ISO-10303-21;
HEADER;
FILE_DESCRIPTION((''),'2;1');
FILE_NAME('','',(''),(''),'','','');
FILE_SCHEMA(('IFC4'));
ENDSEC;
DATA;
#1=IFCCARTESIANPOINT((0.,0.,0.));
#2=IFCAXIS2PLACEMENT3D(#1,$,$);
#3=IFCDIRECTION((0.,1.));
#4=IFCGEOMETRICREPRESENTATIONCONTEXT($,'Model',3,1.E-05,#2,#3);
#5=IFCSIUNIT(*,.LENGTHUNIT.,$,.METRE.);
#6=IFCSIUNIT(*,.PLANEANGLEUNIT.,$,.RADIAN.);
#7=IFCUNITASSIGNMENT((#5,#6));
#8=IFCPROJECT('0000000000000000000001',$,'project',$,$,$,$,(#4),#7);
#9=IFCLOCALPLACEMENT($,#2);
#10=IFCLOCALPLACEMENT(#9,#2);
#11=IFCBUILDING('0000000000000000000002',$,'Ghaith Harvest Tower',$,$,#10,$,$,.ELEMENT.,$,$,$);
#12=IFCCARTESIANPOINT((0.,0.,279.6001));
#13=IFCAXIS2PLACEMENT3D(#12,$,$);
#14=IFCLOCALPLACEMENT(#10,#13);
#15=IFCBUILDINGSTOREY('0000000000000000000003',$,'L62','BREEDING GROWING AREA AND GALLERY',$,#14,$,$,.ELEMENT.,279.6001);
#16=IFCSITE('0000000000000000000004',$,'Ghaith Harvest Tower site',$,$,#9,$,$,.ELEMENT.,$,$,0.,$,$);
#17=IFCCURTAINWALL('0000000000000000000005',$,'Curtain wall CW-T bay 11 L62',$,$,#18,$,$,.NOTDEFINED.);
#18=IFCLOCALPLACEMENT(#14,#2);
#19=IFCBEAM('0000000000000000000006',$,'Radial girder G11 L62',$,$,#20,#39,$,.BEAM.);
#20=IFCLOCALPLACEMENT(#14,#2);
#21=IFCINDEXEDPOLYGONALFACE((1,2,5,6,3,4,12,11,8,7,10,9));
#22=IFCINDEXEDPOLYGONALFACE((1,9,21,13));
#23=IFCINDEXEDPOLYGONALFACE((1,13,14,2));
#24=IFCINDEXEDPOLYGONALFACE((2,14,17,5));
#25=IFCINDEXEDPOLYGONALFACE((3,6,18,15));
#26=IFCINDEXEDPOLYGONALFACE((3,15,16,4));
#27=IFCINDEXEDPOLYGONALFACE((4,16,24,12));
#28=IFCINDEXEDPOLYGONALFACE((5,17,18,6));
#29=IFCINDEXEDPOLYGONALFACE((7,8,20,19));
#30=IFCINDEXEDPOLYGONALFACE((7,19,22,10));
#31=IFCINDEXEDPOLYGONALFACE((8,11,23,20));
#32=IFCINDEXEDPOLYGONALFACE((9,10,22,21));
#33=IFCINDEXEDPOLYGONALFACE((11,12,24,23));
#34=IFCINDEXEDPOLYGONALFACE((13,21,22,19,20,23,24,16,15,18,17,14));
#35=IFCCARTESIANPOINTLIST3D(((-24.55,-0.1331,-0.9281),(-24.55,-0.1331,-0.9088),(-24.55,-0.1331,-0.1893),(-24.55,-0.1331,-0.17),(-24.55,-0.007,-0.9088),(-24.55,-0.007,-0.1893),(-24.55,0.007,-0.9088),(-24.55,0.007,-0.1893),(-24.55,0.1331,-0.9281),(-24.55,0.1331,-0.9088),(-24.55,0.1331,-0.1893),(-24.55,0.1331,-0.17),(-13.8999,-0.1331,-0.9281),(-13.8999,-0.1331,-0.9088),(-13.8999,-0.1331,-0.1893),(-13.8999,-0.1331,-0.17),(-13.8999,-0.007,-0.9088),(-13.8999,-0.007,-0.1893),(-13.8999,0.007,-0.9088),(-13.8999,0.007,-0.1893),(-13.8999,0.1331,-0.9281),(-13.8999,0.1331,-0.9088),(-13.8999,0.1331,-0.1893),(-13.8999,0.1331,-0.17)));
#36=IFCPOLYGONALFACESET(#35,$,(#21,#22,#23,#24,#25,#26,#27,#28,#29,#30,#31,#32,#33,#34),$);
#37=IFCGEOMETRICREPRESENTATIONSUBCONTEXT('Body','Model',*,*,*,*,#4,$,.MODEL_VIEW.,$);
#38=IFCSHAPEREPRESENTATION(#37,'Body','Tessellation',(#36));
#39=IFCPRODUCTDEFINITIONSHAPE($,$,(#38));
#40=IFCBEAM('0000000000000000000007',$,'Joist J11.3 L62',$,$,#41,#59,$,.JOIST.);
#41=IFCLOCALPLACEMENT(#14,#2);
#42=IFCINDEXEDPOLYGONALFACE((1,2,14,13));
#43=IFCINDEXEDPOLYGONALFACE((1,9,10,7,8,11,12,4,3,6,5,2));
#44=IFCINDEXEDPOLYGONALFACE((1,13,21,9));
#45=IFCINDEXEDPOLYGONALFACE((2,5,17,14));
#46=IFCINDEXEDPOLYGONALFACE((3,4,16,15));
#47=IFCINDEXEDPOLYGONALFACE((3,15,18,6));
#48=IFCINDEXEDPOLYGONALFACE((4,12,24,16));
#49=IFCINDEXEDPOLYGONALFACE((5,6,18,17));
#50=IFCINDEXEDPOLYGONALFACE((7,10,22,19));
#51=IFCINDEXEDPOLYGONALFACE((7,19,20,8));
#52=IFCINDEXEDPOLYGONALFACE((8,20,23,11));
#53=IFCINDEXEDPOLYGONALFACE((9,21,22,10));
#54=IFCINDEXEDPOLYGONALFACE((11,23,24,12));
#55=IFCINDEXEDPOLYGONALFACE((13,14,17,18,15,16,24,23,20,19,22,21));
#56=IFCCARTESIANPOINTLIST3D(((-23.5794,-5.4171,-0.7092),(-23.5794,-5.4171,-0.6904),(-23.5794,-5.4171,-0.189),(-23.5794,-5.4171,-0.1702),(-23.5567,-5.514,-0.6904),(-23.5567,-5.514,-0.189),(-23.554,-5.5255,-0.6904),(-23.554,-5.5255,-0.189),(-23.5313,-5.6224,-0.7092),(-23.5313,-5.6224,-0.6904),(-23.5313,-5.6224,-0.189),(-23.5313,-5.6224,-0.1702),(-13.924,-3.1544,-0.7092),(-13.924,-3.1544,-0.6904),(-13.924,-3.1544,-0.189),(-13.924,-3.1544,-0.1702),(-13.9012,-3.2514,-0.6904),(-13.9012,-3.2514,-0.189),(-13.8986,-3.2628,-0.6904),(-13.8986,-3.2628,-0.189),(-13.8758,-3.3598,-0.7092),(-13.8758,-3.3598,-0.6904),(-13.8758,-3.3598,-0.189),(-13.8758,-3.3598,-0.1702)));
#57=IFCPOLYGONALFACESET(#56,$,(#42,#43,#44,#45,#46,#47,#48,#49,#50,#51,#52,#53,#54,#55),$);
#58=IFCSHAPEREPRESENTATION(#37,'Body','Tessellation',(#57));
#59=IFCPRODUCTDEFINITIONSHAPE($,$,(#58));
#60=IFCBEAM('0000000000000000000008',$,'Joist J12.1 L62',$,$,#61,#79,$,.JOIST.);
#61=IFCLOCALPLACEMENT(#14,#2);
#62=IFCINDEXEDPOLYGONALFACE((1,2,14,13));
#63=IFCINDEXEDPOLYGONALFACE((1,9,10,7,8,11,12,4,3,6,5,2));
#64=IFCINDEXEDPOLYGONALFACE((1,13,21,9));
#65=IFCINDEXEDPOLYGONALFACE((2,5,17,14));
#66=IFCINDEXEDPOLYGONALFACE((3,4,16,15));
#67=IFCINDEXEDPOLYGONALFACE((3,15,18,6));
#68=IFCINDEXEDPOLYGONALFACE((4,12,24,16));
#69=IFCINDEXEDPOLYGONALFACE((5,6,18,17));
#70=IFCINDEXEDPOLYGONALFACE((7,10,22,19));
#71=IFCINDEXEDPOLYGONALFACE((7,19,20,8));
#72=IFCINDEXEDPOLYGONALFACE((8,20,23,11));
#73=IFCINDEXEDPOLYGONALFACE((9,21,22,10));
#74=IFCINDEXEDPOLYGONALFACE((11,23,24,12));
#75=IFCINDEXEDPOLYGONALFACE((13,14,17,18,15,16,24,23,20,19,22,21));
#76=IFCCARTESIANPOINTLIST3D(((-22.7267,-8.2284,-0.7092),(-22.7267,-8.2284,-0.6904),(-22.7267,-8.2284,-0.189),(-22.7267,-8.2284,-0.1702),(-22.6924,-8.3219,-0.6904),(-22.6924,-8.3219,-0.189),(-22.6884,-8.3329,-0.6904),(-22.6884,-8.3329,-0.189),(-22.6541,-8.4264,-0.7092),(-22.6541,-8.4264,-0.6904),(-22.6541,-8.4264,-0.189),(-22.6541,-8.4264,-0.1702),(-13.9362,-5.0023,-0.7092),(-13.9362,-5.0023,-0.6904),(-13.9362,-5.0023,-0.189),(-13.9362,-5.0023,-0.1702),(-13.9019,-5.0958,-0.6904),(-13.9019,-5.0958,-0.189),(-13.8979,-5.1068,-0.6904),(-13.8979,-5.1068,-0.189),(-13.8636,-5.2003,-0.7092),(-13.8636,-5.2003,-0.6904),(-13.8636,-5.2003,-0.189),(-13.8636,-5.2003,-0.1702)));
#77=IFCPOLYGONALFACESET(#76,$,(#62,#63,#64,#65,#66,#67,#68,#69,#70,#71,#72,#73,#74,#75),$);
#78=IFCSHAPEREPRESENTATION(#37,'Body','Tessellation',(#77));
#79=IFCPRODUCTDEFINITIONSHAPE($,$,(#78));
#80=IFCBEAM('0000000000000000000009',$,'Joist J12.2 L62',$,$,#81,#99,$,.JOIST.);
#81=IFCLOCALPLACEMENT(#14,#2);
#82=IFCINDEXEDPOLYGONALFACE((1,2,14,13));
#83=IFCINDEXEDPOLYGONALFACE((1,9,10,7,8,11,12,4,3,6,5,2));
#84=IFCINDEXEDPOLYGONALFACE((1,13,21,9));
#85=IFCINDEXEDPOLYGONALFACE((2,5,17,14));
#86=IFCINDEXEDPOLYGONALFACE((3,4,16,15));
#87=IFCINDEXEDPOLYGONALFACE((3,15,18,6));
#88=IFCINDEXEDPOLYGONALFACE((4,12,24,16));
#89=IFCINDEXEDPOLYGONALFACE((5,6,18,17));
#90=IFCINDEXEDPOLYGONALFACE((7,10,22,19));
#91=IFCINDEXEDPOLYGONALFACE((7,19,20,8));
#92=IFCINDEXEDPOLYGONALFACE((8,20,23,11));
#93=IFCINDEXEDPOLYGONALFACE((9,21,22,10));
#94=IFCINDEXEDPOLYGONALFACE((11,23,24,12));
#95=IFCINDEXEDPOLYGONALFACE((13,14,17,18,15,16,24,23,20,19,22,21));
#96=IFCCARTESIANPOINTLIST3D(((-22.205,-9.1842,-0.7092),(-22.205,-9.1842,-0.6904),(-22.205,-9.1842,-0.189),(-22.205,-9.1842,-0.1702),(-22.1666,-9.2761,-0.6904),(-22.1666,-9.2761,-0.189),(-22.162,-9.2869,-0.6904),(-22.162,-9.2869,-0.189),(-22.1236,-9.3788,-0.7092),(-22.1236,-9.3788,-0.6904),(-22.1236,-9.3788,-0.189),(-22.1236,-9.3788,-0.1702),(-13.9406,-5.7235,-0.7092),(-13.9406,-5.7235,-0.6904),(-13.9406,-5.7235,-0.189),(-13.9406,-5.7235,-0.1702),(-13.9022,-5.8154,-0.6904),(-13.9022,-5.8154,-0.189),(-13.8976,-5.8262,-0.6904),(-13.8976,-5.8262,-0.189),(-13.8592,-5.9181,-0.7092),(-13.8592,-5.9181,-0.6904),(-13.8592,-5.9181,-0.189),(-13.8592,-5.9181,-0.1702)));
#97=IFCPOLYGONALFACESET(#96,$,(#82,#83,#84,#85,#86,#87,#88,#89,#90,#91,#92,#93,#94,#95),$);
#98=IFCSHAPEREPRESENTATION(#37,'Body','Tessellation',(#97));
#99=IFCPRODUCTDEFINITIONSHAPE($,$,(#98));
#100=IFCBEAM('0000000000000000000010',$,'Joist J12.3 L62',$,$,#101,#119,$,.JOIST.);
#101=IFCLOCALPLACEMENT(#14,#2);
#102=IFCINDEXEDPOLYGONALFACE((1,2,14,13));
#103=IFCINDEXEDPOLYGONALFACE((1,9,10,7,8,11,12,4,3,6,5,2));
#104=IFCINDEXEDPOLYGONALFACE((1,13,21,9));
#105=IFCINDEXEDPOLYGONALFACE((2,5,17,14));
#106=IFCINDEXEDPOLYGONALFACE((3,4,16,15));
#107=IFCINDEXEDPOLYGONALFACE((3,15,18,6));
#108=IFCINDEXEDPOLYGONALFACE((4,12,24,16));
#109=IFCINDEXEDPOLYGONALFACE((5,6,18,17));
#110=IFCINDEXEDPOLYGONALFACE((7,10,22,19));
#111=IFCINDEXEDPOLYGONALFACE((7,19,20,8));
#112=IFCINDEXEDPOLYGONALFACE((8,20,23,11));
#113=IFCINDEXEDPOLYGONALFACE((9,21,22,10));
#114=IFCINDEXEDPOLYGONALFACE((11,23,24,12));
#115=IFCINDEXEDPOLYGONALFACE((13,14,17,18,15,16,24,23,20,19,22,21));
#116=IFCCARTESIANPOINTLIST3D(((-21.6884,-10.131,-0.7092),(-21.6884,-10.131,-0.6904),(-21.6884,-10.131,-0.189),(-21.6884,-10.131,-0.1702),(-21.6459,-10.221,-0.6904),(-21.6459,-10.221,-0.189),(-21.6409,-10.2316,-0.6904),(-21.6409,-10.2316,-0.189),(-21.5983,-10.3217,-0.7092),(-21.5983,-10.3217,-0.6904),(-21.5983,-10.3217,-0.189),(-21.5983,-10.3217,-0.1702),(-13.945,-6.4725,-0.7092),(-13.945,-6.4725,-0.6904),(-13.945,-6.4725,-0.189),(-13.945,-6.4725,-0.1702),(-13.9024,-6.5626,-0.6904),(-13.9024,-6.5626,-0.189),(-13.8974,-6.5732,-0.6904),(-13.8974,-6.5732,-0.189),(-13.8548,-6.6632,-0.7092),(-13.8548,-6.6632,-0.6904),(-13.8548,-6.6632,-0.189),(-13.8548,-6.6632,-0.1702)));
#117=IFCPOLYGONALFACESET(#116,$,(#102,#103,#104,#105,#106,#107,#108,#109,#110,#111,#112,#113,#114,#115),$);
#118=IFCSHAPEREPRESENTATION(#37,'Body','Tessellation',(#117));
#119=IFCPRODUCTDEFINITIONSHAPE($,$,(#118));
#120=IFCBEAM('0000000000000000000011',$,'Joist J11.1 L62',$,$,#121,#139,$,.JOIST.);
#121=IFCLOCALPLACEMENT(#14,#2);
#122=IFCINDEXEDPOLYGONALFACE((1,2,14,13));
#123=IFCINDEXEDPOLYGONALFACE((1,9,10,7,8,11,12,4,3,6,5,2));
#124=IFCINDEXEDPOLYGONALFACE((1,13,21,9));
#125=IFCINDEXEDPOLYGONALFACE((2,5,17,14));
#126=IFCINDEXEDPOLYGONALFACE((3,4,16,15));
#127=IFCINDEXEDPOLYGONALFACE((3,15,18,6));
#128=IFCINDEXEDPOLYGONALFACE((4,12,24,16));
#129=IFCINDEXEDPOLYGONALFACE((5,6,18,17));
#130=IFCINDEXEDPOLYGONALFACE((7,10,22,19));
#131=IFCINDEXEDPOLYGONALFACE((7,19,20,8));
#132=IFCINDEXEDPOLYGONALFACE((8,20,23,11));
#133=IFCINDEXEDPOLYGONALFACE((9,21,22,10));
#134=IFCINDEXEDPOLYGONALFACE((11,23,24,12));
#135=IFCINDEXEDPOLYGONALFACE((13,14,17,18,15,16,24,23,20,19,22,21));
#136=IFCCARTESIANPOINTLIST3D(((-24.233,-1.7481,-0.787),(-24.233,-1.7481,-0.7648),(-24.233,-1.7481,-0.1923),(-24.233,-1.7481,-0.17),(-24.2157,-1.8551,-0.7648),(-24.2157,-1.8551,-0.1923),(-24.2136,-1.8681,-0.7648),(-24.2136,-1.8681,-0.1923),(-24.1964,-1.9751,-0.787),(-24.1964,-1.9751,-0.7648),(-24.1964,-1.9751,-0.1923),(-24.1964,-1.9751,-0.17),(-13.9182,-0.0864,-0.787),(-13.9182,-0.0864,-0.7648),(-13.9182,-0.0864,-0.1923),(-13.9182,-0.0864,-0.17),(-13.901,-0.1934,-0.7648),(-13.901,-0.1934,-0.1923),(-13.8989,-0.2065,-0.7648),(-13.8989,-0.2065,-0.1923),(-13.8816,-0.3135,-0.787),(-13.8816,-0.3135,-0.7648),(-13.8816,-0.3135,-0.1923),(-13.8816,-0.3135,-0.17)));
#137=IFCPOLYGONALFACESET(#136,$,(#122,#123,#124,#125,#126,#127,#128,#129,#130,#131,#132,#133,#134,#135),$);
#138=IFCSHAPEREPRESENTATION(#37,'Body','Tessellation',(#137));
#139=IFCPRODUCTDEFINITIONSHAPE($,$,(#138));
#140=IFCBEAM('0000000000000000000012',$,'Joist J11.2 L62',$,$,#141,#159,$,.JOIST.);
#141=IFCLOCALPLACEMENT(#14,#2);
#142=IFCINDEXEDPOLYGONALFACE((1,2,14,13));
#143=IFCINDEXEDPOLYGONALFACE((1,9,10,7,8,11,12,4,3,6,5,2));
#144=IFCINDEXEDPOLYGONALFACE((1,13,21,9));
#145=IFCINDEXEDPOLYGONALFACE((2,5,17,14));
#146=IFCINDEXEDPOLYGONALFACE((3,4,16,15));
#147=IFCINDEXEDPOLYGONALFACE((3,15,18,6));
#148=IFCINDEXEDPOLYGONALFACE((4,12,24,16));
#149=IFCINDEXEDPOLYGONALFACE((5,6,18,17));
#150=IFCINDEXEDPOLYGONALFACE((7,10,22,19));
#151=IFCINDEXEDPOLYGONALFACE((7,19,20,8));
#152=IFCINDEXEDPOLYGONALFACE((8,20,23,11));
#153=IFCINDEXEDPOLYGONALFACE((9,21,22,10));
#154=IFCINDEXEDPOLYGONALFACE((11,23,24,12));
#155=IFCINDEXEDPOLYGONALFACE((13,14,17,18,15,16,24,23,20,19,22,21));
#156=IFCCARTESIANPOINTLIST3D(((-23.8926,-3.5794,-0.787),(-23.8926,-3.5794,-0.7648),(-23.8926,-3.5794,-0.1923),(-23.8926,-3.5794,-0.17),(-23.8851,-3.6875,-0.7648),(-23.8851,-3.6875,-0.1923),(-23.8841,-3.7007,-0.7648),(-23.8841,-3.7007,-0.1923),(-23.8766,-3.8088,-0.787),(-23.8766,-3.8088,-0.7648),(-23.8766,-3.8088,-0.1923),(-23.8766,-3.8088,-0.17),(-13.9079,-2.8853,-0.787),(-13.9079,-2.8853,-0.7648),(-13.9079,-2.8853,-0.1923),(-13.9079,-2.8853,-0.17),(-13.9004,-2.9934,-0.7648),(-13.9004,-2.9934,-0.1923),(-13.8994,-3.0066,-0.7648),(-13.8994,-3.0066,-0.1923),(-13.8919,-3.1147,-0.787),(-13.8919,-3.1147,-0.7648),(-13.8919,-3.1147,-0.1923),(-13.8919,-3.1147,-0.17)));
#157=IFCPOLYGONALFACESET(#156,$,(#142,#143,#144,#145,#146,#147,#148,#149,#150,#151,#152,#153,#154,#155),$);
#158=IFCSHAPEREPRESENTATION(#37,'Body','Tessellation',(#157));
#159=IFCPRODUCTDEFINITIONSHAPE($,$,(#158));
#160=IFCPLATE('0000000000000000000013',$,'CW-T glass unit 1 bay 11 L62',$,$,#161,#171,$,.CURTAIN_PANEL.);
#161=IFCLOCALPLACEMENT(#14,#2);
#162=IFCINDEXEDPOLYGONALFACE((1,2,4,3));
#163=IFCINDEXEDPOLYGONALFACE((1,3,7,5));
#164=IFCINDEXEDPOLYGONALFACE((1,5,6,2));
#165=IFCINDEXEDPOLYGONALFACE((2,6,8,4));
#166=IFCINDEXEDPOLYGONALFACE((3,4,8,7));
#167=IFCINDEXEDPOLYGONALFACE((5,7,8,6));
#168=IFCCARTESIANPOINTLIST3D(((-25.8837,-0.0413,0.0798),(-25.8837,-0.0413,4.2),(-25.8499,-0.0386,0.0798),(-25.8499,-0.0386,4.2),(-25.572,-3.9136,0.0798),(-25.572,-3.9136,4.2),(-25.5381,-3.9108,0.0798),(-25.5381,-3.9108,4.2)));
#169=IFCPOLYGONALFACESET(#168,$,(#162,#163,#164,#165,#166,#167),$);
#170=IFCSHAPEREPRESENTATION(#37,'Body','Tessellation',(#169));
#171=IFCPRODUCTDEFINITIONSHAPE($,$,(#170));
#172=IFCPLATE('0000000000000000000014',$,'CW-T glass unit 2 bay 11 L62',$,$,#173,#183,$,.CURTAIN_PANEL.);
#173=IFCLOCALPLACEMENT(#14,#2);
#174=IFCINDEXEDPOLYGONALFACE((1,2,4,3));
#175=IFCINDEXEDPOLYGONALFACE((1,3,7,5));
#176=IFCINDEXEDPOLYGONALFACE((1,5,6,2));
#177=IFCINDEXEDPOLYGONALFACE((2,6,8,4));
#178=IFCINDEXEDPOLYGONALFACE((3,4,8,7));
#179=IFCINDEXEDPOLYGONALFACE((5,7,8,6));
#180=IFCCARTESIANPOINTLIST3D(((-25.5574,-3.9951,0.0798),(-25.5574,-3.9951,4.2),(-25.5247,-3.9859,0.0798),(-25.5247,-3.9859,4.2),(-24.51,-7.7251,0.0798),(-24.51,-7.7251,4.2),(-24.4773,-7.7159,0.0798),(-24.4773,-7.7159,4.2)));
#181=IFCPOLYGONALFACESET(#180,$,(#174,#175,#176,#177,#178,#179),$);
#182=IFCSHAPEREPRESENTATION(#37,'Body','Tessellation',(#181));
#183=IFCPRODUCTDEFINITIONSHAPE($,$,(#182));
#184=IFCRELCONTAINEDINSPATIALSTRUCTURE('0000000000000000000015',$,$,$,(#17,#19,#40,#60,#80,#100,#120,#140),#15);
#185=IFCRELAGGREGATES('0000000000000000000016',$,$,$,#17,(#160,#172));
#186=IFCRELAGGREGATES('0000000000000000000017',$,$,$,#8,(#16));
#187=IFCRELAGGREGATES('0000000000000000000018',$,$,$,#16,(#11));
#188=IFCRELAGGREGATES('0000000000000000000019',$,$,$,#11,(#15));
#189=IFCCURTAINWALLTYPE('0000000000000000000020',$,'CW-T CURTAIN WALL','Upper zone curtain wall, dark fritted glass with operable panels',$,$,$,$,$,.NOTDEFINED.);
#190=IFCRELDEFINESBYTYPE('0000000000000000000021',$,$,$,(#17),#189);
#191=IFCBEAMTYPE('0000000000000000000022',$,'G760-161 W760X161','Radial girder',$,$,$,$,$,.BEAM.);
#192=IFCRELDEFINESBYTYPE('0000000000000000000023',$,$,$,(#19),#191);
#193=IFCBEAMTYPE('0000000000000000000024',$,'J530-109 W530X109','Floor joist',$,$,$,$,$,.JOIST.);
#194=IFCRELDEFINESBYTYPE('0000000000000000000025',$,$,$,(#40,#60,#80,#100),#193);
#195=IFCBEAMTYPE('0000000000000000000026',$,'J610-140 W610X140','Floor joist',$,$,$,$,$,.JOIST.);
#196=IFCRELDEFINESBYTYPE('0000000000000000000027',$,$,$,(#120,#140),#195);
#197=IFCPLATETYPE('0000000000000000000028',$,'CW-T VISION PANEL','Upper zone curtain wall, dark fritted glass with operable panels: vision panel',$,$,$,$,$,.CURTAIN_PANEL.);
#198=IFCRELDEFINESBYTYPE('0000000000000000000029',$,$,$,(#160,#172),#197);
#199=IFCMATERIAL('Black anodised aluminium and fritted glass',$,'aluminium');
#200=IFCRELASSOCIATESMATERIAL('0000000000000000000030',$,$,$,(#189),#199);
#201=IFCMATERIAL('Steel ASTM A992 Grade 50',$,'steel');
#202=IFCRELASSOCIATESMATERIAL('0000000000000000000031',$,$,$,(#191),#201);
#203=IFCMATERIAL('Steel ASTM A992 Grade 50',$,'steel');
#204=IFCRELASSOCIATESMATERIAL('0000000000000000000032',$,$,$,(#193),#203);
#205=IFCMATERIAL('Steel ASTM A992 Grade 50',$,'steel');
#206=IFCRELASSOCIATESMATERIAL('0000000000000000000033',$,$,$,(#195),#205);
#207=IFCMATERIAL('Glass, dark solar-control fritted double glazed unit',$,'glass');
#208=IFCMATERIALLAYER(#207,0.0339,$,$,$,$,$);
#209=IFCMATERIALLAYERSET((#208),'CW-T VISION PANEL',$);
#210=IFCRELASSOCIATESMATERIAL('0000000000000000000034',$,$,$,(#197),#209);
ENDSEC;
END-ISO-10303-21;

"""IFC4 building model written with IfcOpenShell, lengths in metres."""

from ifc_helpers import new_model, si_unit, direction, frame, origin, origin_2d, place, context, subcontext, project, spatial, rectangle, i_section, extrude, material, layer, layer_set, material_profile, profile_set, type_object, element, aggregate, save


model = new_model("IFC4")

# Units and contexts
model_context = context("Model", 3, precision=1e-05, world=origin(), true_north=direction((0.0, 1.0)))
body_context = subcontext(model_context, "Body", "Model", "MODEL_VIEW")
ifc_project = project(units=[si_unit("LENGTHUNIT", "METRE"), si_unit("PLANEANGLEUNIT", "RADIAN")], contexts=[model_context])

# Site, building, storey
site_placement = place(None, origin())
site = spatial("IfcSite", under=ifc_project, at=site_placement, Name="Ghaith Harvest Tower site", CompositionType="ELEMENT", RefElevation=0.0)
building_placement = place(site_placement, origin())
building = spatial("IfcBuilding", under=site, at=building_placement, Name="Ghaith Harvest Tower", CompositionType="ELEMENT")
storey_placement = place(building_placement, frame((0.0, 0.0, 279.6001)))
storey = spatial("IfcBuildingStorey", under=building, at=storey_placement, Name="L62", Description="BREEDING GROWING AREA AND GALLERY", CompositionType="ELEMENT", Elevation=279.6001)

# Curtain wall
ifc_material_1 = material(Name="Black anodised aluminium and fritted glass", Category="aluminium")
curtain_wall_type = type_object("IfcCurtainWallType", Name="CW-T CURTAIN WALL", Description="Upper zone curtain wall, dark fritted glass with operable panels", PredefinedType="NOTDEFINED", material=ifc_material_1)
curtain_wall_1_placement = place(storey_placement, origin())
curtain_wall_1 = element("IfcCurtainWall", 1, at=curtain_wall_1_placement, inside=storey, type_object=curtain_wall_type, Name="Curtain wall CW-T bay 11 L62", PredefinedType="NOTDEFINED")

# Beams
ifc_material_2 = material(Name="Steel ASTM A992 Grade 50", Category="steel")
ifc_material_profile_1 = material_profile(ifc_material_2, i_section(OverallWidth=0.2661, OverallDepth=0.7581, WebThickness=0.0139, FlangeThickness=0.0193, at=origin_2d()), Name="W760X161")
ifc_profile_set_1 = profile_set([ifc_material_profile_1], Name="Steel ASTM A992 Grade 50")
beam_type_1 = type_object("IfcBeamType", Name="G760-161 W760X161", Description="Radial girder", PredefinedType="BEAM", material=ifc_profile_set_1)
beam_1_placement = place(storey_placement, frame((-13.8999, 0.0, -0.5491), z_axis=(-1.0, 0.0, 0.0), x_axis=(0.0, -1.0, 0.0)))
element("IfcBeam", 2, at=beam_1_placement, inside=storey, type_object=beam_type_1, Name="Radial girder G11 L62", PredefinedType="BEAM", context=body_context, shape_type="SweptSolid", body=[
    extrude(i_section(OverallWidth=0.2661, OverallDepth=0.7581, WebThickness=0.0139, FlangeThickness=0.0193, at=origin_2d()), origin(), (0.0, 0.0, 1.0), 10.6501),
])
ifc_material_3 = material(Name="Steel ASTM A992 Grade 50", Category="steel")
ifc_material_profile_2 = material_profile(ifc_material_3, i_section(OverallWidth=0.2109, OverallDepth=0.5391, WebThickness=0.0117, FlangeThickness=0.0188, at=origin_2d()), Name="W530X109")
ifc_profile_set_2 = profile_set([ifc_material_profile_2], Name="Steel ASTM A992 Grade 50")
beam_type_2 = type_object("IfcBeamType", Name="J530-109 W530X109", Description="Floor joist", PredefinedType="JOIST", material=ifc_profile_set_2)
beam_2_placement = place(storey_placement, frame((-13.8999, -3.2571, -0.4397), z_axis=(-0.973623, -0.228161, 0.0), x_axis=(0.228161, -0.973623, 0.0)))
element("IfcBeam", 3, at=beam_2_placement, inside=storey, type_object=beam_type_2, Name="Joist J11.3 L62", PredefinedType="JOIST", context=body_context, shape_type="SweptSolid", body=[
    extrude(i_section(OverallWidth=0.2109, OverallDepth=0.5391, WebThickness=0.0117, FlangeThickness=0.0188, at=origin_2d()), origin(), (0.0, 0.0, 1.0), 9.917),
])
beam_3_placement = place(storey_placement, frame((-13.8999, -5.1013, -0.4397), z_axis=(-0.938777, -0.344526, 0.0), x_axis=(0.344526, -0.938777, 0.0)))
element("IfcBeam", 4, at=beam_3_placement, inside=storey, type_object=beam_type_2, Name="Joist J12.1 L62", PredefinedType="JOIST", context=body_context, shape_type="SweptSolid", body=[
    extrude(i_section(OverallWidth=0.2109, OverallDepth=0.5391, WebThickness=0.0117, FlangeThickness=0.0188, at=origin_2d()), origin(), (0.0, 0.0, 1.0), 9.3638),
])
beam_4_placement = place(storey_placement, frame((-13.8999, -5.8208, -0.4397), z_axis=(-0.922394, -0.38625, 0.0), x_axis=(0.38625, -0.922394, 0.0)))
element("IfcBeam", 5, at=beam_4_placement, inside=storey, type_object=beam_type_2, Name="Joist J12.2 L62", PredefinedType="JOIST", context=body_context, shape_type="SweptSolid", body=[
    extrude(i_section(OverallWidth=0.2109, OverallDepth=0.5391, WebThickness=0.0117, FlangeThickness=0.0188, at=origin_2d()), origin(), (0.0, 0.0, 1.0), 8.9597),
])
beam_5_placement = place(storey_placement, frame((-13.8999, -6.5679, -0.4397), z_axis=(-0.904166, -0.427182, 0.0), x_axis=(0.427182, -0.904166, 0.0)))
element("IfcBeam", 6, at=beam_5_placement, inside=storey, type_object=beam_type_2, Name="Joist J12.3 L62", PredefinedType="JOIST", context=body_context, shape_type="SweptSolid", body=[
    extrude(i_section(OverallWidth=0.2109, OverallDepth=0.5391, WebThickness=0.0117, FlangeThickness=0.0188, at=origin_2d()), origin(), (0.0, 0.0, 1.0), 8.5642),
])
ifc_material_4 = material(Name="Steel ASTM A992 Grade 50", Category="steel")
ifc_material_profile_3 = material_profile(ifc_material_4, i_section(OverallWidth=0.23, OverallDepth=0.6169, WebThickness=0.0132, FlangeThickness=0.0222, at=origin_2d()), Name="W610X140")
ifc_profile_set_3 = profile_set([ifc_material_profile_3], Name="Steel ASTM A992 Grade 50")
beam_type_3 = type_object("IfcBeamType", Name="J610-140 W610X140", Description="Floor joist", PredefinedType="JOIST", material=ifc_profile_set_3)
beam_6_placement = place(storey_placement, frame((-13.8999, -0.2, -0.4785), z_axis=(-0.987272, -0.159042, 0.0), x_axis=(0.159042, -0.987272, 0.0)))
element("IfcBeam", 7, at=beam_6_placement, inside=storey, type_object=beam_type_3, Name="Joist J11.1 L62", PredefinedType="JOIST", context=body_context, shape_type="SweptSolid", body=[
    extrude(i_section(OverallWidth=0.23, OverallDepth=0.6169, WebThickness=0.0132, FlangeThickness=0.0222, at=origin_2d()), origin(), (0.0, 0.0, 1.0), 10.4478),
])
beam_7_placement = place(storey_placement, frame((-13.8999, -3.0, -0.4785), z_axis=(-0.997592, -0.069349, 0.0), x_axis=(0.069349, -0.997592, 0.0)))
element("IfcBeam", 8, at=beam_7_placement, inside=storey, type_object=beam_type_3, Name="Joist J11.2 L62", PredefinedType="JOIST", context=body_context, shape_type="SweptSolid", body=[
    extrude(i_section(OverallWidth=0.23, OverallDepth=0.6169, WebThickness=0.0132, FlangeThickness=0.0222, at=origin_2d()), origin(), (0.0, 0.0, 1.0), 10.0088),
])

# Plates
ifc_material_5 = material(Name="Glass, dark solar-control fritted double glazed unit", Category="glass")
ifc_layer_1 = layer(ifc_material_5, 0.0339)
ifc_layer_set_1 = layer_set([ifc_layer_1], Name="CW-T VISION PANEL")
plate_type_1 = type_object("IfcPlateType", Name="CW-T VISION PANEL", Description="Upper zone curtain wall, dark fritted glass with operable panels: vision panel", PredefinedType="CURTAIN_PANEL", material=ifc_layer_set_1)
plate_1_placement = place(storey_placement, frame((-25.7109, -1.9761, 0.0798), z_axis=(0.0, 0.0, 1.0), x_axis=(0.080258, -0.996774, 0.0)))
plate_1 = element("IfcPlate", 9, at=plate_1_placement, type_object=plate_type_1, Name="CW-T glass unit 1 bay 11 L62", PredefinedType="CURTAIN_PANEL", context=body_context, shape_type="SweptSolid", body=[
    extrude(rectangle(XDim=3.8848, YDim=0.0339, at=origin_2d()), origin(), (0.0, 0.0, 1.0), 4.1201),
])
plate_2_placement = place(storey_placement, frame((-25.0173, -5.8555, 0.0798), z_axis=(0.0, 0.0, 1.0), x_axis=(0.270355, -0.962761, 0.0)))
plate_2 = element("IfcPlate", 10, at=plate_2_placement, type_object=plate_type_1, Name="CW-T glass unit 2 bay 11 L62", PredefinedType="CURTAIN_PANEL", context=body_context, shape_type="SweptSolid", body=[
    extrude(rectangle(XDim=3.8743, YDim=0.0339, at=origin_2d()), origin(), (0.0, 0.0, 1.0), 4.1201),
])
aggregate(curtain_wall_1, [plate_1, plate_2])

save(model, "model.ifc")
